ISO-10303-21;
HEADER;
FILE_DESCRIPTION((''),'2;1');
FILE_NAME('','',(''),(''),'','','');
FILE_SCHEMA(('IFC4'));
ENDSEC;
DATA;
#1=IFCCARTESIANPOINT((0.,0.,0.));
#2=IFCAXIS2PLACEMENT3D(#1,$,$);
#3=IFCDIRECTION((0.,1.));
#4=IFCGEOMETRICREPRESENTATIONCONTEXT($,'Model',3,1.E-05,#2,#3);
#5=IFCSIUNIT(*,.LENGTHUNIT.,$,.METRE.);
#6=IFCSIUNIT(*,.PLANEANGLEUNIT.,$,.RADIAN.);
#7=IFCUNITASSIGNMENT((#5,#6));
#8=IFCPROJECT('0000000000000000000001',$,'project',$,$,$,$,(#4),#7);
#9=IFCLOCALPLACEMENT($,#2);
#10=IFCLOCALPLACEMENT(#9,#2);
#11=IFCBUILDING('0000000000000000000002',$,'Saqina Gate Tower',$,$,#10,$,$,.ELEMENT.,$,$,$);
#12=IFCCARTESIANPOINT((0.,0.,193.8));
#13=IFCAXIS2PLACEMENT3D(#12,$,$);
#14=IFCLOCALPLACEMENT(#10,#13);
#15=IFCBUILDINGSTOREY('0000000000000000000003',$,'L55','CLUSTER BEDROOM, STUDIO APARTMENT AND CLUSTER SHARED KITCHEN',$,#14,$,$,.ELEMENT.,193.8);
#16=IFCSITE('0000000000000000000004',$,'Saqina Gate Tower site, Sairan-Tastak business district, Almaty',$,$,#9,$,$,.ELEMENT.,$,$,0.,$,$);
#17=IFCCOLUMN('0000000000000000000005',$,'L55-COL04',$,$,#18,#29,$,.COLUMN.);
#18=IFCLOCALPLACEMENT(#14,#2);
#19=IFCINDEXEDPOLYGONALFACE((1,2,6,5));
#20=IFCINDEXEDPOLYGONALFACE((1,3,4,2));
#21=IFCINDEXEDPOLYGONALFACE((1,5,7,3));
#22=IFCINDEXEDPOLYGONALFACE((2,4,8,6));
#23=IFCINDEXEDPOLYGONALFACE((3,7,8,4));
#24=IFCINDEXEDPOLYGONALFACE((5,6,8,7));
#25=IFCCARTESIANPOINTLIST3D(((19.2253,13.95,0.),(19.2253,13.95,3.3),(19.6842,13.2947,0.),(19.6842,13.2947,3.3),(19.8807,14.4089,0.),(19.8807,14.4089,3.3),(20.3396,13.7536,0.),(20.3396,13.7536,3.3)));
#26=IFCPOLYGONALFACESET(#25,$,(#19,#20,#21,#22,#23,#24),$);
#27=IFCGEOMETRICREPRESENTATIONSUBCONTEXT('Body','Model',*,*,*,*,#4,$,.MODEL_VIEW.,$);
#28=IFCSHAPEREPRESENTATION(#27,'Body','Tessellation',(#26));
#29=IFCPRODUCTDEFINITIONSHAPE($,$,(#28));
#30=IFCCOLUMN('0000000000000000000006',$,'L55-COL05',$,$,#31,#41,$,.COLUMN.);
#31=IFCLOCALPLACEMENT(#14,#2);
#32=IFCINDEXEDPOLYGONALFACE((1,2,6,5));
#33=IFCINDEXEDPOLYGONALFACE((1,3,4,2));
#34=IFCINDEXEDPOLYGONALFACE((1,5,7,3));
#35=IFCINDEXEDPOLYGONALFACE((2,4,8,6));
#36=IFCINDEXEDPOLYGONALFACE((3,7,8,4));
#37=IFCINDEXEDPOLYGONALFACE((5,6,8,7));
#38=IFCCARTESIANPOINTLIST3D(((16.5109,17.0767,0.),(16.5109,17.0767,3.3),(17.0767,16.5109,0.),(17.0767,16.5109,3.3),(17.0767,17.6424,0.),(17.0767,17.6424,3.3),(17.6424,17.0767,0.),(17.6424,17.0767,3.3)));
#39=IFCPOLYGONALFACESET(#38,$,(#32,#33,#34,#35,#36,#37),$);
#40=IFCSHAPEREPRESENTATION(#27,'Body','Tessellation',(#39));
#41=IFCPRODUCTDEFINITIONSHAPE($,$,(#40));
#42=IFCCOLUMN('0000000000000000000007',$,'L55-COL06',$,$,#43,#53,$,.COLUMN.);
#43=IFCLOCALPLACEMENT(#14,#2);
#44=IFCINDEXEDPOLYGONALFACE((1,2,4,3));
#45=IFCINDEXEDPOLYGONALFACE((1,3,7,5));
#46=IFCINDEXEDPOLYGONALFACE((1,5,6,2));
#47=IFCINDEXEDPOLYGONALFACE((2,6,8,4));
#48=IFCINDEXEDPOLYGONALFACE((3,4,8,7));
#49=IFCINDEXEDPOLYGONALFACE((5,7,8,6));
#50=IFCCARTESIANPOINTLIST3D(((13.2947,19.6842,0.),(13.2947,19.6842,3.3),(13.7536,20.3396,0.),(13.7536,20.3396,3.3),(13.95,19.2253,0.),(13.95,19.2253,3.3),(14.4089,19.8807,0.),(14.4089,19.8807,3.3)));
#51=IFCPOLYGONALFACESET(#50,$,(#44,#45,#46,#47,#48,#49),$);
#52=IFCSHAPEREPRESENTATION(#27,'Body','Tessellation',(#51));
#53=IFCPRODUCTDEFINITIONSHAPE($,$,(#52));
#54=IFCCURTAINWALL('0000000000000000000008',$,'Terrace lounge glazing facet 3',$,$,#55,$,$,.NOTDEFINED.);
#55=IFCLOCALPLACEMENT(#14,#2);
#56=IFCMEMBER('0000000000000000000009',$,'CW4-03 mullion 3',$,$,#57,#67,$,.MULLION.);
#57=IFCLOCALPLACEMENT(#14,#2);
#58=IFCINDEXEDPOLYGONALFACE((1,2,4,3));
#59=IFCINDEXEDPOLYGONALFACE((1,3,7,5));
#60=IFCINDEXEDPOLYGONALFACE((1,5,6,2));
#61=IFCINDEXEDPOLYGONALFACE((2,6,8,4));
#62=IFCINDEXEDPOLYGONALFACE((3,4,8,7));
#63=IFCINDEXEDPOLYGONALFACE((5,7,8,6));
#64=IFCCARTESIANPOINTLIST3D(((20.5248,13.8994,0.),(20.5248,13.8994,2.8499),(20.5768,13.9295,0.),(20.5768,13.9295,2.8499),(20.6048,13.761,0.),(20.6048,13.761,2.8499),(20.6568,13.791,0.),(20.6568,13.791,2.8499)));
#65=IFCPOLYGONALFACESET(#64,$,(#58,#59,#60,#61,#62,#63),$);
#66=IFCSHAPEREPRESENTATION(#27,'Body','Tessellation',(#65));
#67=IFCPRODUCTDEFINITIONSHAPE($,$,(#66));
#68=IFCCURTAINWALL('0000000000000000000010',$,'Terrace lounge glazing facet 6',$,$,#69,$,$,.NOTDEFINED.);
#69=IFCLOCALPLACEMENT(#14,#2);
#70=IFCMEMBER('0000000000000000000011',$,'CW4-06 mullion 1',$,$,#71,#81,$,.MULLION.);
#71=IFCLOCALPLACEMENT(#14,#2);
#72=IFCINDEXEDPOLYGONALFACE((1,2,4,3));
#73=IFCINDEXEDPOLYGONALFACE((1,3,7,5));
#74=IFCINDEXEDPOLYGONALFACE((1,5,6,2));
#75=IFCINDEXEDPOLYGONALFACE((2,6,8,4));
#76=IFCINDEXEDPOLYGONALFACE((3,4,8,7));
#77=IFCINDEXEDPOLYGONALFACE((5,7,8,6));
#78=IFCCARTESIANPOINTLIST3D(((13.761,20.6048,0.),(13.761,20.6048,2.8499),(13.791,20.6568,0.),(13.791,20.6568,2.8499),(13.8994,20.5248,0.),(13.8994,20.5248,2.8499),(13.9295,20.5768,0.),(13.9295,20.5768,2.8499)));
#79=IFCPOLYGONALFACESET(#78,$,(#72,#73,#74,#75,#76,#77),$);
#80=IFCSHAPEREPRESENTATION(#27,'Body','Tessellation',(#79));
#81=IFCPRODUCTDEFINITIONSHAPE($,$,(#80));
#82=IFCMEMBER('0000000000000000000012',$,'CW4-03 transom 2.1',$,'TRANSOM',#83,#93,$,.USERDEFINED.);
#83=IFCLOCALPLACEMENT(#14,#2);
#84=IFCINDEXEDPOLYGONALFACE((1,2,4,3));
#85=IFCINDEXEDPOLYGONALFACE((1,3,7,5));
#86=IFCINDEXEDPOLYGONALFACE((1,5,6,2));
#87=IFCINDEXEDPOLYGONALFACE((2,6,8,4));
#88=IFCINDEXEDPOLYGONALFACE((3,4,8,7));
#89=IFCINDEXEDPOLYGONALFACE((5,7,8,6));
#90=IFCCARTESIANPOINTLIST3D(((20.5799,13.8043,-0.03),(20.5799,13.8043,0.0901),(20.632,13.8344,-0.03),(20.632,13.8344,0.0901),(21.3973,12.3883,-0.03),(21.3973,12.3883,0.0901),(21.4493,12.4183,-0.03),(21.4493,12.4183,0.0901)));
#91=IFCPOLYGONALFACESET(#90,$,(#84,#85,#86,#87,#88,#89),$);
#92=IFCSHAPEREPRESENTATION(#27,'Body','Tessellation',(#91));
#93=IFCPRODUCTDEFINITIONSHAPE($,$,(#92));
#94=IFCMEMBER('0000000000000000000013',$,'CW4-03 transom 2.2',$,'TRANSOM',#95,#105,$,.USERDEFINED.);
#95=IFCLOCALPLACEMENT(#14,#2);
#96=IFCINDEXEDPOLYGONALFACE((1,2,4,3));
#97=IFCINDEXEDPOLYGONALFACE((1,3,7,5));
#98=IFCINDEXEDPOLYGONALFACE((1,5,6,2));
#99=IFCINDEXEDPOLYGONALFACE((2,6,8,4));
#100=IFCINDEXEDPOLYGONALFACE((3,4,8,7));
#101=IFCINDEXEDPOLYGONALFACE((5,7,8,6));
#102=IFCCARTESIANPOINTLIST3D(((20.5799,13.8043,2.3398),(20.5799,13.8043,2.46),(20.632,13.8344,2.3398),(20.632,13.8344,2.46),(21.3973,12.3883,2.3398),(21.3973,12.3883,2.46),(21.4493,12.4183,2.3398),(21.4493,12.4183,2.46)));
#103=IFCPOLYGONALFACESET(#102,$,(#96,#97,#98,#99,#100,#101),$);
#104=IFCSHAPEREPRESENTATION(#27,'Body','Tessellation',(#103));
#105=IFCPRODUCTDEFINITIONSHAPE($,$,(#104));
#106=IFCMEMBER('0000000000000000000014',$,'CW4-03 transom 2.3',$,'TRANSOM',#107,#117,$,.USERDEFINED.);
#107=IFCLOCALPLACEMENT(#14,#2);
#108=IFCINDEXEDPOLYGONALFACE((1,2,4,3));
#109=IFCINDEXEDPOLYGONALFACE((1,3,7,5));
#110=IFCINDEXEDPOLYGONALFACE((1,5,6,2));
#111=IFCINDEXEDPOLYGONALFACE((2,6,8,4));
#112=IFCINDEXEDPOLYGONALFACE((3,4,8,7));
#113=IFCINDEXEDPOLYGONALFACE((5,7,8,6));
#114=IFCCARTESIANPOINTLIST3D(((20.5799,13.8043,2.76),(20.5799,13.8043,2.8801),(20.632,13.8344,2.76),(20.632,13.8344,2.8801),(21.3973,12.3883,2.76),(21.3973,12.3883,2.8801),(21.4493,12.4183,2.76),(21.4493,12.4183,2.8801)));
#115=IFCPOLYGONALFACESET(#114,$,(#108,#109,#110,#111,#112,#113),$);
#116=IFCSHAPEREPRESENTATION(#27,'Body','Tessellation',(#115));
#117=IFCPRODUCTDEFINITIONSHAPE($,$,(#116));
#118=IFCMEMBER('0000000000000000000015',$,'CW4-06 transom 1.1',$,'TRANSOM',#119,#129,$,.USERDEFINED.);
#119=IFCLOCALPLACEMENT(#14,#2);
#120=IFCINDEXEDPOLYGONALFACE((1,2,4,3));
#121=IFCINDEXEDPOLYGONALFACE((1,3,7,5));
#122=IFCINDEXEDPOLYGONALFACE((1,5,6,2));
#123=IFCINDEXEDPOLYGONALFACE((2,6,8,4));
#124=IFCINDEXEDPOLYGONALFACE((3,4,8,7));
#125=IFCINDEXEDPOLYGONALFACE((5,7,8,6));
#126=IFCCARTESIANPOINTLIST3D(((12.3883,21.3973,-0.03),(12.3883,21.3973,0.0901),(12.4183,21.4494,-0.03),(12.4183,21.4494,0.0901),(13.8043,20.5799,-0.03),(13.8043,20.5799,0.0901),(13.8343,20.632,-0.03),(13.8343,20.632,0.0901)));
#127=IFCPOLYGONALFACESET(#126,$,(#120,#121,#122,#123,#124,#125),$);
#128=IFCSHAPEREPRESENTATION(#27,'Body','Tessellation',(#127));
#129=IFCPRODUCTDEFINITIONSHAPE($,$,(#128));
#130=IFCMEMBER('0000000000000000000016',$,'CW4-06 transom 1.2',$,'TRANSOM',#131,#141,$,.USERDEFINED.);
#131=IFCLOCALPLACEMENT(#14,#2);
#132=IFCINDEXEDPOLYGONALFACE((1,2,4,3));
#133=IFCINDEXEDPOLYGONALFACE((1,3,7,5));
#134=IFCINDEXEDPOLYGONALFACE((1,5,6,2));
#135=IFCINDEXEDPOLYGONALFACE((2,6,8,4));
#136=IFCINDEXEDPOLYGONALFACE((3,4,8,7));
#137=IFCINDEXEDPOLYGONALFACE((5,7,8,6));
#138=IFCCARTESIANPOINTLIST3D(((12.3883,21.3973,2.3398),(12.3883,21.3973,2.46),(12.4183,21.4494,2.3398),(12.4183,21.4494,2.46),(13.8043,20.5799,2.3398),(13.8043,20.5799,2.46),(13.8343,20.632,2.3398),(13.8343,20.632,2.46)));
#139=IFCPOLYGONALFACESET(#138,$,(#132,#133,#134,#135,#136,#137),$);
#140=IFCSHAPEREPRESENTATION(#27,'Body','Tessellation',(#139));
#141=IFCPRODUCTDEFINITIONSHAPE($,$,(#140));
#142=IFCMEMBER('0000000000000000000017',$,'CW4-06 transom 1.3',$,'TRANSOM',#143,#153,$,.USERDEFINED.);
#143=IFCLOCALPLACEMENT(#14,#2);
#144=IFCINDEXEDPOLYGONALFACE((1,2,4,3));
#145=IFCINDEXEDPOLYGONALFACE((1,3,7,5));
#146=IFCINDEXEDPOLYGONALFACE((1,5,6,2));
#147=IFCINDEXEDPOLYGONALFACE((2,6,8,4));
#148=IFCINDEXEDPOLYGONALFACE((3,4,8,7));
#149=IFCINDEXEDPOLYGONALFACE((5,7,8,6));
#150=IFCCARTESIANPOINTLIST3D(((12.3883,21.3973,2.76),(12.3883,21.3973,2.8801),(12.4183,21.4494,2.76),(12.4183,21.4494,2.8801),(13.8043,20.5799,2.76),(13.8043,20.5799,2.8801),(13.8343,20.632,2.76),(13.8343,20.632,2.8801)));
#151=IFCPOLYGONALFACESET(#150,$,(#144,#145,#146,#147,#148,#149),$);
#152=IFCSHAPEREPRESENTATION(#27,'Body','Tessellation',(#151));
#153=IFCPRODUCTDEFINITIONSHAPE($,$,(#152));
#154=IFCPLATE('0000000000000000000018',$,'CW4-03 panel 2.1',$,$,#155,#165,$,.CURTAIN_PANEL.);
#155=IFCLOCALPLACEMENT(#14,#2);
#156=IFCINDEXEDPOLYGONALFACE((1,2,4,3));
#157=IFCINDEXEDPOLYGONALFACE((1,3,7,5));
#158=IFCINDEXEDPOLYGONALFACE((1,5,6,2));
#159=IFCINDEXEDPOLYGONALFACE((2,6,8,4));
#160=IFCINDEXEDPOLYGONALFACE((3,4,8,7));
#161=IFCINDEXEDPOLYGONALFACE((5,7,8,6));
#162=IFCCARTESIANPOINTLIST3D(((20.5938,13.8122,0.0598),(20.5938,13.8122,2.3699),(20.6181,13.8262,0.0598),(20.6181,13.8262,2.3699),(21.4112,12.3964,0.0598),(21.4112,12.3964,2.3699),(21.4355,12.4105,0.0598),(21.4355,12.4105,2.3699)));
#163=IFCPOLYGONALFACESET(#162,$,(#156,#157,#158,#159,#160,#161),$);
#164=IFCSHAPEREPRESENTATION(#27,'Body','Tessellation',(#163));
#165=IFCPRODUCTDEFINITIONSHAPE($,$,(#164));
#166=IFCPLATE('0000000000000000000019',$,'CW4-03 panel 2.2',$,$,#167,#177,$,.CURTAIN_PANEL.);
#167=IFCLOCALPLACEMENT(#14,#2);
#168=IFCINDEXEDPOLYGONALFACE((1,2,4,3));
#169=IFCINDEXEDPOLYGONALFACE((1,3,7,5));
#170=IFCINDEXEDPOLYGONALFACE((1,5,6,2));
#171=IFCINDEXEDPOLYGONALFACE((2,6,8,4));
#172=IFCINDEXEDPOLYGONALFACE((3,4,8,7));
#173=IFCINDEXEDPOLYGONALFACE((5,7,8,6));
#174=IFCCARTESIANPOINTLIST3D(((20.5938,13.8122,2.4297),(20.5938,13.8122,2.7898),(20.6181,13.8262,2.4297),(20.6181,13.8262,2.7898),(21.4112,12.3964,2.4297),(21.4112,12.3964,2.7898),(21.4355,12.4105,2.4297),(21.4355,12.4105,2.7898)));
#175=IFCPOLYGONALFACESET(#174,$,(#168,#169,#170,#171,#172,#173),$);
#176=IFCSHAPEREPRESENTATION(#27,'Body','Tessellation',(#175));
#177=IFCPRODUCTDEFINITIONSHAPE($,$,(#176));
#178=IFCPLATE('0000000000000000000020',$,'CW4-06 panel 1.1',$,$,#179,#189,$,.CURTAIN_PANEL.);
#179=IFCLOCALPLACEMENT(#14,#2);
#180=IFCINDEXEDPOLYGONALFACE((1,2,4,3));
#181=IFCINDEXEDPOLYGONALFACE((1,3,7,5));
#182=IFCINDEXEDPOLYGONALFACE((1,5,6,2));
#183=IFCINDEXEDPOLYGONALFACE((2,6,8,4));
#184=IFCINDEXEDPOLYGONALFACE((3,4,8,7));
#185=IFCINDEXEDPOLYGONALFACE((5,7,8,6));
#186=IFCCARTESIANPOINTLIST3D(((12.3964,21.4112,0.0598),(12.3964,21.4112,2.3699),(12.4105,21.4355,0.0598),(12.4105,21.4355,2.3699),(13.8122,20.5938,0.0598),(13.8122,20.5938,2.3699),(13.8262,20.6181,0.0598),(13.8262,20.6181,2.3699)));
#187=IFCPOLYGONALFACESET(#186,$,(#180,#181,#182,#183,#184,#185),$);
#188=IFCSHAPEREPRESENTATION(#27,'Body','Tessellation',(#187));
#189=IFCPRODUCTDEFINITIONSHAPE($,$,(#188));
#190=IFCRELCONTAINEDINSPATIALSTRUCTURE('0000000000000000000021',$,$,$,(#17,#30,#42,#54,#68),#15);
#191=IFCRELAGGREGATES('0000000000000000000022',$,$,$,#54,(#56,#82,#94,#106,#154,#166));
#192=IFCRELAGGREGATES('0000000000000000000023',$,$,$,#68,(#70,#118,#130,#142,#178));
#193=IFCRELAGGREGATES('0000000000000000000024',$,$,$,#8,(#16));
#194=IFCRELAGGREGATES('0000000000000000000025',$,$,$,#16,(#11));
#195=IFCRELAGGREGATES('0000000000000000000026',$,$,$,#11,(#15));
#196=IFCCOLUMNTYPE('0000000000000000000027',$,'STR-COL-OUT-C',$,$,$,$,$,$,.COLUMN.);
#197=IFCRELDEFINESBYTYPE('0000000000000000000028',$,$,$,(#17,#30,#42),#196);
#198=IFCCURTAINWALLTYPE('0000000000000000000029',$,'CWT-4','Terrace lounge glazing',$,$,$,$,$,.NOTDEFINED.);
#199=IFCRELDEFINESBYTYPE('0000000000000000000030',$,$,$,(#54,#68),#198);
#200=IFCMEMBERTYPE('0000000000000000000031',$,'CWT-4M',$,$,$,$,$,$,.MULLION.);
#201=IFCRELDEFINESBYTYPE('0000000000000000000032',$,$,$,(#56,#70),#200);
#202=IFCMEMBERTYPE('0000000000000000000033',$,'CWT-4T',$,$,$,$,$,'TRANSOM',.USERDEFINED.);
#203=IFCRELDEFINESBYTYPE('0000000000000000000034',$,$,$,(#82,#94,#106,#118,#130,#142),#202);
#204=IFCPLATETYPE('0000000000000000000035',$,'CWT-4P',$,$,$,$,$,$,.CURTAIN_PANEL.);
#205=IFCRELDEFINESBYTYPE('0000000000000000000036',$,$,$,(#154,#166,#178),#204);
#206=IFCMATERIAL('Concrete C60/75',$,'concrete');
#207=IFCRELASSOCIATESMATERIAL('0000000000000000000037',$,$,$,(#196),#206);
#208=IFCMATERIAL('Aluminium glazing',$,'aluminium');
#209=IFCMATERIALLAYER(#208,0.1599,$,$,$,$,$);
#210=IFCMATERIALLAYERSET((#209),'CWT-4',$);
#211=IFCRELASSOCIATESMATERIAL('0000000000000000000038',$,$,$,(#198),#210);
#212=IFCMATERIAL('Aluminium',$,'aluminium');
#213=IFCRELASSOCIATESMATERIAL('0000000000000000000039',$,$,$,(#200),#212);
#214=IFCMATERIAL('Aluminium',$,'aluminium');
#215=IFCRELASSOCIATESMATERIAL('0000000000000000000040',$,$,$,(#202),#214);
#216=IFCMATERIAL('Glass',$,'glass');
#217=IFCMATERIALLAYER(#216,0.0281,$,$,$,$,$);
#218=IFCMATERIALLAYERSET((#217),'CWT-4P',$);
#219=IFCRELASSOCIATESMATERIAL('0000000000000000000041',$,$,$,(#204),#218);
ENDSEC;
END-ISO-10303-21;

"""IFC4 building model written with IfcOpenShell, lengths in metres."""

from ifc_helpers import new_model, si_unit, direction, frame, origin, origin_2d, place, context, subcontext, project, spatial, rectangle, extrude, material, layer, layer_set, material_profile, profile_set, type_object, element, aggregate, save


model = new_model("IFC4")

# Units and contexts
model_context = context("Model", 3, precision=1e-05, world=origin(), true_north=direction((0.0, 1.0)))
body_context = subcontext(model_context, "Body", "Model", "MODEL_VIEW")
ifc_project = project(units=[si_unit("LENGTHUNIT", "METRE"), si_unit("PLANEANGLEUNIT", "RADIAN")], contexts=[model_context])

# Site, building, storey
site_placement = place(None, origin())
site = spatial("IfcSite", under=ifc_project, at=site_placement, Name="Saqina Gate Tower site, Sairan-Tastak business district, Almaty", CompositionType="ELEMENT", RefElevation=0.0)
building_placement = place(site_placement, origin())
building = spatial("IfcBuilding", under=site, at=building_placement, Name="Saqina Gate Tower", CompositionType="ELEMENT")
storey_placement = place(building_placement, frame((0.0, 0.0, 193.8)))
storey = spatial("IfcBuildingStorey", under=building, at=storey_placement, Name="L55", Description="CLUSTER BEDROOM, STUDIO APARTMENT AND CLUSTER SHARED KITCHEN", CompositionType="ELEMENT", Elevation=193.8)

# Columns
ifc_material_1 = material(Name="Concrete C60/75", Category="concrete")
ifc_material_profile_1 = material_profile(ifc_material_1, rectangle(XDim=0.8, YDim=0.8, at=origin_2d()), Name="RC 800x800")
ifc_profile_set_1 = profile_set([ifc_material_profile_1], Name="Concrete C60/75")
column_type = type_object("IfcColumnType", Name="STR-COL-OUT-C", PredefinedType="COLUMN", material=ifc_profile_set_1)
for number, where, z_axis, x_axis, name in (
    (1, (19.7825, 13.8518, 0.0), (0.0, 0.0, 1.0), (0.819152, 0.573576, 0.0), "L55-COL04"),
    (2, (17.0767, 17.0767, 0.0), (0.0, 0.0, 1.0), (0.707107, 0.707107, 0.0), "L55-COL05"),
    (3, (13.8518, 19.7825, 0.0), (0.0, 0.0, 1.0), (0.573576, 0.819152, 0.0), "L55-COL06"),
):
    element("IfcColumn", number, at=place(storey_placement, frame(where, z_axis=z_axis, x_axis=x_axis)), inside=storey, type_object=column_type, Name=name, PredefinedType="COLUMN", context=body_context, shape_type="SweptSolid", body=[
        extrude(rectangle(XDim=0.8, YDim=0.8, at=origin_2d()), origin(), (0.0, 0.0, 1.0), 3.3),
    ])

# Curtain walls, members
ifc_material_2 = material(Name="Aluminium glazing", Category="aluminium")
ifc_layer_1 = layer(ifc_material_2, 0.1599)
ifc_layer_set_1 = layer_set([ifc_layer_1], Name="CWT-4")
curtain_wall_type = type_object("IfcCurtainWallType", Name="CWT-4", Description="Terrace lounge glazing", PredefinedType="NOTDEFINED", material=ifc_layer_set_1)
curtain_wall_1_placement = place(storey_placement, origin())
curtain_wall_1 = element("IfcCurtainWall", 4, at=curtain_wall_1_placement, inside=storey, type_object=curtain_wall_type, Name="Terrace lounge glazing facet 3", PredefinedType="NOTDEFINED")
ifc_material_3 = material(Name="Aluminium", Category="aluminium")
ifc_material_profile_2 = material_profile(ifc_material_3, rectangle(XDim=0.0601, YDim=0.1599, at=origin_2d()), Name="Aluminium 60x160")
ifc_profile_set_2 = profile_set([ifc_material_profile_2], Name="Aluminium")
member_type_1 = type_object("IfcMemberType", Name="CWT-4M", PredefinedType="MULLION", material=ifc_profile_set_2)
member_1_placement = place(storey_placement, frame((20.5908, 13.8452, 0.0), z_axis=(0.0, 0.0, 1.0), x_axis=(-0.866017, -0.500014, 0.0)))
member_1 = element("IfcMember", 5, at=member_1_placement, type_object=member_type_1, Name="CW4-03 mullion 3", PredefinedType="MULLION", context=body_context, shape_type="SweptSolid", body=[
    extrude(rectangle(XDim=0.0601, YDim=0.1599, at=origin_2d()), origin(), (0.0, 0.0, 1.0), 2.8499),
])
curtain_wall_2_placement = place(storey_placement, origin())
curtain_wall_2 = element("IfcCurtainWall", 6, at=curtain_wall_2_placement, inside=storey, type_object=curtain_wall_type, Name="Terrace lounge glazing facet 6", PredefinedType="NOTDEFINED")
member_2_placement = place(storey_placement, frame((13.8452, 20.5908, 0.0), z_axis=(0.0, 0.0, 1.0), x_axis=(-0.500014, -0.866017, 0.0)))
member_2 = element("IfcMember", 7, at=member_2_placement, type_object=member_type_1, Name="CW4-06 mullion 1", PredefinedType="MULLION", context=body_context, shape_type="SweptSolid", body=[
    extrude(rectangle(XDim=0.0601, YDim=0.1599, at=origin_2d()), origin(), (0.0, 0.0, 1.0), 2.8499),
])

# Members
ifc_material_4 = material(Name="Aluminium", Category="aluminium")
ifc_material_profile_3 = material_profile(ifc_material_4, rectangle(XDim=0.0601, YDim=0.1201, at=origin_2d()), Name="Aluminium 60x120")
ifc_profile_set_3 = profile_set([ifc_material_profile_3], Name="Aluminium")
member_type_2 = type_object("IfcMemberType", Name="CWT-4T", ElementType="TRANSOM", PredefinedType="USERDEFINED", material=ifc_profile_set_3)
member_3_placement = place(storey_placement, frame((21.4233, 12.4033, 0.03), z_axis=(-0.499929, 0.866066, 0.0), x_axis=(-0.866066, -0.499929, 0.0)))
member_3 = element("IfcMember", 8, at=member_3_placement, type_object=member_type_2, Name="CW4-03 transom 2.1", ObjectType="TRANSOM", PredefinedType="USERDEFINED", context=body_context, shape_type="SweptSolid", body=[
    extrude(rectangle(XDim=0.0601, YDim=0.1201, at=origin_2d()), origin(), (0.0, 0.0, 1.0), 1.635),
])
member_4_placement = place(storey_placement, frame((21.4233, 12.4033, 2.3999), z_axis=(-0.499929, 0.866066, 0.0), x_axis=(-0.866066, -0.499929, 0.0)))
member_4 = element("IfcMember", 9, at=member_4_placement, type_object=member_type_2, Name="CW4-03 transom 2.2", ObjectType="TRANSOM", PredefinedType="USERDEFINED", context=body_context, shape_type="SweptSolid", body=[
    extrude(rectangle(XDim=0.0601, YDim=0.1201, at=origin_2d()), origin(), (0.0, 0.0, 1.0), 1.635),
])
member_5_placement = place(storey_placement, frame((21.4233, 12.4033, 2.8201), z_axis=(-0.499929, 0.866066, 0.0), x_axis=(-0.866066, -0.499929, 0.0)))
member_5 = element("IfcMember", 10, at=member_5_placement, type_object=member_type_2, Name="CW4-03 transom 2.3", ObjectType="TRANSOM", PredefinedType="USERDEFINED", context=body_context, shape_type="SweptSolid", body=[
    extrude(rectangle(XDim=0.0601, YDim=0.1201, at=origin_2d()), origin(), (0.0, 0.0, 1.0), 1.635),
])
member_6_placement = place(storey_placement, frame((13.8193, 20.606, 0.03), z_axis=(-0.866066, 0.499929, 0.0), x_axis=(-0.499929, -0.866066, 0.0)))
member_6 = element("IfcMember", 11, at=member_6_placement, type_object=member_type_2, Name="CW4-06 transom 1.1", ObjectType="TRANSOM", PredefinedType="USERDEFINED", context=body_context, shape_type="SweptSolid", body=[
    extrude(rectangle(XDim=0.0601, YDim=0.1201, at=origin_2d()), origin(), (0.0, 0.0, 1.0), 1.635),
])
member_7_placement = place(storey_placement, frame((13.8193, 20.606, 2.3999), z_axis=(-0.866066, 0.499929, 0.0), x_axis=(-0.499929, -0.866066, 0.0)))
member_7 = element("IfcMember", 12, at=member_7_placement, type_object=member_type_2, Name="CW4-06 transom 1.2", ObjectType="TRANSOM", PredefinedType="USERDEFINED", context=body_context, shape_type="SweptSolid", body=[
    extrude(rectangle(XDim=0.0601, YDim=0.1201, at=origin_2d()), origin(), (0.0, 0.0, 1.0), 1.635),
])
member_8_placement = place(storey_placement, frame((13.8193, 20.606, 2.8201), z_axis=(-0.866066, 0.499929, 0.0), x_axis=(-0.499929, -0.866066, 0.0)))
member_8 = element("IfcMember", 13, at=member_8_placement, type_object=member_type_2, Name="CW4-06 transom 1.3", ObjectType="TRANSOM", PredefinedType="USERDEFINED", context=body_context, shape_type="SweptSolid", body=[
    extrude(rectangle(XDim=0.0601, YDim=0.1201, at=origin_2d()), origin(), (0.0, 0.0, 1.0), 1.635),
])

# Plates
ifc_material_5 = material(Name="Glass", Category="glass")
ifc_layer_2 = layer(ifc_material_5, 0.0281)
ifc_layer_set_2 = layer_set([ifc_layer_2], Name="CWT-4P")
plate_type = type_object("IfcPlateType", Name="CWT-4P", PredefinedType="CURTAIN_PANEL", material=ifc_layer_set_2)
plate_1_placement = place(storey_placement, frame((21.0146, 13.1113, 0.0598), z_axis=(0.0, 0.0, 1.0), x_axis=(-0.500014, 0.866017, 0.0)))
plate_1 = element("IfcPlate", 14, at=plate_1_placement, type_object=plate_type, Name="CW4-03 panel 2.1", PredefinedType="CURTAIN_PANEL", context=body_context, shape_type="SweptSolid", body=[
    extrude(rectangle(XDim=1.6348, YDim=0.0281, at=origin_2d()), origin(), (0.0, 0.0, 1.0), 2.3101),
])
plate_2_placement = place(storey_placement, frame((21.0146, 13.1113, 2.4297), z_axis=(0.0, 0.0, 1.0), x_axis=(-0.500014, 0.866017, 0.0)))
plate_2 = element("IfcPlate", 15, at=plate_2_placement, type_object=plate_type, Name="CW4-03 panel 2.2", PredefinedType="CURTAIN_PANEL", context=body_context, shape_type="SweptSolid", body=[
    extrude(rectangle(XDim=1.6348, YDim=0.0281, at=origin_2d()), origin(), (0.0, 0.0, 1.0), 0.3601),
])
aggregate(curtain_wall_1, [member_1, member_3, member_4, member_5, plate_1, plate_2])
plate_3_placement = place(storey_placement, frame((13.1113, 21.0146, 0.0598), z_axis=(0.0, 0.0, 1.0), x_axis=(-0.866017, 0.500014, 0.0)))
plate_3 = element("IfcPlate", 16, at=plate_3_placement, type_object=plate_type, Name="CW4-06 panel 1.1", PredefinedType="CURTAIN_PANEL", context=body_context, shape_type="SweptSolid", body=[
    extrude(rectangle(XDim=1.6348, YDim=0.0281, at=origin_2d()), origin(), (0.0, 0.0, 1.0), 2.3101),
])
aggregate(curtain_wall_2, [member_2, member_6, member_7, member_8, plate_3])

save(model, "model.ifc")
